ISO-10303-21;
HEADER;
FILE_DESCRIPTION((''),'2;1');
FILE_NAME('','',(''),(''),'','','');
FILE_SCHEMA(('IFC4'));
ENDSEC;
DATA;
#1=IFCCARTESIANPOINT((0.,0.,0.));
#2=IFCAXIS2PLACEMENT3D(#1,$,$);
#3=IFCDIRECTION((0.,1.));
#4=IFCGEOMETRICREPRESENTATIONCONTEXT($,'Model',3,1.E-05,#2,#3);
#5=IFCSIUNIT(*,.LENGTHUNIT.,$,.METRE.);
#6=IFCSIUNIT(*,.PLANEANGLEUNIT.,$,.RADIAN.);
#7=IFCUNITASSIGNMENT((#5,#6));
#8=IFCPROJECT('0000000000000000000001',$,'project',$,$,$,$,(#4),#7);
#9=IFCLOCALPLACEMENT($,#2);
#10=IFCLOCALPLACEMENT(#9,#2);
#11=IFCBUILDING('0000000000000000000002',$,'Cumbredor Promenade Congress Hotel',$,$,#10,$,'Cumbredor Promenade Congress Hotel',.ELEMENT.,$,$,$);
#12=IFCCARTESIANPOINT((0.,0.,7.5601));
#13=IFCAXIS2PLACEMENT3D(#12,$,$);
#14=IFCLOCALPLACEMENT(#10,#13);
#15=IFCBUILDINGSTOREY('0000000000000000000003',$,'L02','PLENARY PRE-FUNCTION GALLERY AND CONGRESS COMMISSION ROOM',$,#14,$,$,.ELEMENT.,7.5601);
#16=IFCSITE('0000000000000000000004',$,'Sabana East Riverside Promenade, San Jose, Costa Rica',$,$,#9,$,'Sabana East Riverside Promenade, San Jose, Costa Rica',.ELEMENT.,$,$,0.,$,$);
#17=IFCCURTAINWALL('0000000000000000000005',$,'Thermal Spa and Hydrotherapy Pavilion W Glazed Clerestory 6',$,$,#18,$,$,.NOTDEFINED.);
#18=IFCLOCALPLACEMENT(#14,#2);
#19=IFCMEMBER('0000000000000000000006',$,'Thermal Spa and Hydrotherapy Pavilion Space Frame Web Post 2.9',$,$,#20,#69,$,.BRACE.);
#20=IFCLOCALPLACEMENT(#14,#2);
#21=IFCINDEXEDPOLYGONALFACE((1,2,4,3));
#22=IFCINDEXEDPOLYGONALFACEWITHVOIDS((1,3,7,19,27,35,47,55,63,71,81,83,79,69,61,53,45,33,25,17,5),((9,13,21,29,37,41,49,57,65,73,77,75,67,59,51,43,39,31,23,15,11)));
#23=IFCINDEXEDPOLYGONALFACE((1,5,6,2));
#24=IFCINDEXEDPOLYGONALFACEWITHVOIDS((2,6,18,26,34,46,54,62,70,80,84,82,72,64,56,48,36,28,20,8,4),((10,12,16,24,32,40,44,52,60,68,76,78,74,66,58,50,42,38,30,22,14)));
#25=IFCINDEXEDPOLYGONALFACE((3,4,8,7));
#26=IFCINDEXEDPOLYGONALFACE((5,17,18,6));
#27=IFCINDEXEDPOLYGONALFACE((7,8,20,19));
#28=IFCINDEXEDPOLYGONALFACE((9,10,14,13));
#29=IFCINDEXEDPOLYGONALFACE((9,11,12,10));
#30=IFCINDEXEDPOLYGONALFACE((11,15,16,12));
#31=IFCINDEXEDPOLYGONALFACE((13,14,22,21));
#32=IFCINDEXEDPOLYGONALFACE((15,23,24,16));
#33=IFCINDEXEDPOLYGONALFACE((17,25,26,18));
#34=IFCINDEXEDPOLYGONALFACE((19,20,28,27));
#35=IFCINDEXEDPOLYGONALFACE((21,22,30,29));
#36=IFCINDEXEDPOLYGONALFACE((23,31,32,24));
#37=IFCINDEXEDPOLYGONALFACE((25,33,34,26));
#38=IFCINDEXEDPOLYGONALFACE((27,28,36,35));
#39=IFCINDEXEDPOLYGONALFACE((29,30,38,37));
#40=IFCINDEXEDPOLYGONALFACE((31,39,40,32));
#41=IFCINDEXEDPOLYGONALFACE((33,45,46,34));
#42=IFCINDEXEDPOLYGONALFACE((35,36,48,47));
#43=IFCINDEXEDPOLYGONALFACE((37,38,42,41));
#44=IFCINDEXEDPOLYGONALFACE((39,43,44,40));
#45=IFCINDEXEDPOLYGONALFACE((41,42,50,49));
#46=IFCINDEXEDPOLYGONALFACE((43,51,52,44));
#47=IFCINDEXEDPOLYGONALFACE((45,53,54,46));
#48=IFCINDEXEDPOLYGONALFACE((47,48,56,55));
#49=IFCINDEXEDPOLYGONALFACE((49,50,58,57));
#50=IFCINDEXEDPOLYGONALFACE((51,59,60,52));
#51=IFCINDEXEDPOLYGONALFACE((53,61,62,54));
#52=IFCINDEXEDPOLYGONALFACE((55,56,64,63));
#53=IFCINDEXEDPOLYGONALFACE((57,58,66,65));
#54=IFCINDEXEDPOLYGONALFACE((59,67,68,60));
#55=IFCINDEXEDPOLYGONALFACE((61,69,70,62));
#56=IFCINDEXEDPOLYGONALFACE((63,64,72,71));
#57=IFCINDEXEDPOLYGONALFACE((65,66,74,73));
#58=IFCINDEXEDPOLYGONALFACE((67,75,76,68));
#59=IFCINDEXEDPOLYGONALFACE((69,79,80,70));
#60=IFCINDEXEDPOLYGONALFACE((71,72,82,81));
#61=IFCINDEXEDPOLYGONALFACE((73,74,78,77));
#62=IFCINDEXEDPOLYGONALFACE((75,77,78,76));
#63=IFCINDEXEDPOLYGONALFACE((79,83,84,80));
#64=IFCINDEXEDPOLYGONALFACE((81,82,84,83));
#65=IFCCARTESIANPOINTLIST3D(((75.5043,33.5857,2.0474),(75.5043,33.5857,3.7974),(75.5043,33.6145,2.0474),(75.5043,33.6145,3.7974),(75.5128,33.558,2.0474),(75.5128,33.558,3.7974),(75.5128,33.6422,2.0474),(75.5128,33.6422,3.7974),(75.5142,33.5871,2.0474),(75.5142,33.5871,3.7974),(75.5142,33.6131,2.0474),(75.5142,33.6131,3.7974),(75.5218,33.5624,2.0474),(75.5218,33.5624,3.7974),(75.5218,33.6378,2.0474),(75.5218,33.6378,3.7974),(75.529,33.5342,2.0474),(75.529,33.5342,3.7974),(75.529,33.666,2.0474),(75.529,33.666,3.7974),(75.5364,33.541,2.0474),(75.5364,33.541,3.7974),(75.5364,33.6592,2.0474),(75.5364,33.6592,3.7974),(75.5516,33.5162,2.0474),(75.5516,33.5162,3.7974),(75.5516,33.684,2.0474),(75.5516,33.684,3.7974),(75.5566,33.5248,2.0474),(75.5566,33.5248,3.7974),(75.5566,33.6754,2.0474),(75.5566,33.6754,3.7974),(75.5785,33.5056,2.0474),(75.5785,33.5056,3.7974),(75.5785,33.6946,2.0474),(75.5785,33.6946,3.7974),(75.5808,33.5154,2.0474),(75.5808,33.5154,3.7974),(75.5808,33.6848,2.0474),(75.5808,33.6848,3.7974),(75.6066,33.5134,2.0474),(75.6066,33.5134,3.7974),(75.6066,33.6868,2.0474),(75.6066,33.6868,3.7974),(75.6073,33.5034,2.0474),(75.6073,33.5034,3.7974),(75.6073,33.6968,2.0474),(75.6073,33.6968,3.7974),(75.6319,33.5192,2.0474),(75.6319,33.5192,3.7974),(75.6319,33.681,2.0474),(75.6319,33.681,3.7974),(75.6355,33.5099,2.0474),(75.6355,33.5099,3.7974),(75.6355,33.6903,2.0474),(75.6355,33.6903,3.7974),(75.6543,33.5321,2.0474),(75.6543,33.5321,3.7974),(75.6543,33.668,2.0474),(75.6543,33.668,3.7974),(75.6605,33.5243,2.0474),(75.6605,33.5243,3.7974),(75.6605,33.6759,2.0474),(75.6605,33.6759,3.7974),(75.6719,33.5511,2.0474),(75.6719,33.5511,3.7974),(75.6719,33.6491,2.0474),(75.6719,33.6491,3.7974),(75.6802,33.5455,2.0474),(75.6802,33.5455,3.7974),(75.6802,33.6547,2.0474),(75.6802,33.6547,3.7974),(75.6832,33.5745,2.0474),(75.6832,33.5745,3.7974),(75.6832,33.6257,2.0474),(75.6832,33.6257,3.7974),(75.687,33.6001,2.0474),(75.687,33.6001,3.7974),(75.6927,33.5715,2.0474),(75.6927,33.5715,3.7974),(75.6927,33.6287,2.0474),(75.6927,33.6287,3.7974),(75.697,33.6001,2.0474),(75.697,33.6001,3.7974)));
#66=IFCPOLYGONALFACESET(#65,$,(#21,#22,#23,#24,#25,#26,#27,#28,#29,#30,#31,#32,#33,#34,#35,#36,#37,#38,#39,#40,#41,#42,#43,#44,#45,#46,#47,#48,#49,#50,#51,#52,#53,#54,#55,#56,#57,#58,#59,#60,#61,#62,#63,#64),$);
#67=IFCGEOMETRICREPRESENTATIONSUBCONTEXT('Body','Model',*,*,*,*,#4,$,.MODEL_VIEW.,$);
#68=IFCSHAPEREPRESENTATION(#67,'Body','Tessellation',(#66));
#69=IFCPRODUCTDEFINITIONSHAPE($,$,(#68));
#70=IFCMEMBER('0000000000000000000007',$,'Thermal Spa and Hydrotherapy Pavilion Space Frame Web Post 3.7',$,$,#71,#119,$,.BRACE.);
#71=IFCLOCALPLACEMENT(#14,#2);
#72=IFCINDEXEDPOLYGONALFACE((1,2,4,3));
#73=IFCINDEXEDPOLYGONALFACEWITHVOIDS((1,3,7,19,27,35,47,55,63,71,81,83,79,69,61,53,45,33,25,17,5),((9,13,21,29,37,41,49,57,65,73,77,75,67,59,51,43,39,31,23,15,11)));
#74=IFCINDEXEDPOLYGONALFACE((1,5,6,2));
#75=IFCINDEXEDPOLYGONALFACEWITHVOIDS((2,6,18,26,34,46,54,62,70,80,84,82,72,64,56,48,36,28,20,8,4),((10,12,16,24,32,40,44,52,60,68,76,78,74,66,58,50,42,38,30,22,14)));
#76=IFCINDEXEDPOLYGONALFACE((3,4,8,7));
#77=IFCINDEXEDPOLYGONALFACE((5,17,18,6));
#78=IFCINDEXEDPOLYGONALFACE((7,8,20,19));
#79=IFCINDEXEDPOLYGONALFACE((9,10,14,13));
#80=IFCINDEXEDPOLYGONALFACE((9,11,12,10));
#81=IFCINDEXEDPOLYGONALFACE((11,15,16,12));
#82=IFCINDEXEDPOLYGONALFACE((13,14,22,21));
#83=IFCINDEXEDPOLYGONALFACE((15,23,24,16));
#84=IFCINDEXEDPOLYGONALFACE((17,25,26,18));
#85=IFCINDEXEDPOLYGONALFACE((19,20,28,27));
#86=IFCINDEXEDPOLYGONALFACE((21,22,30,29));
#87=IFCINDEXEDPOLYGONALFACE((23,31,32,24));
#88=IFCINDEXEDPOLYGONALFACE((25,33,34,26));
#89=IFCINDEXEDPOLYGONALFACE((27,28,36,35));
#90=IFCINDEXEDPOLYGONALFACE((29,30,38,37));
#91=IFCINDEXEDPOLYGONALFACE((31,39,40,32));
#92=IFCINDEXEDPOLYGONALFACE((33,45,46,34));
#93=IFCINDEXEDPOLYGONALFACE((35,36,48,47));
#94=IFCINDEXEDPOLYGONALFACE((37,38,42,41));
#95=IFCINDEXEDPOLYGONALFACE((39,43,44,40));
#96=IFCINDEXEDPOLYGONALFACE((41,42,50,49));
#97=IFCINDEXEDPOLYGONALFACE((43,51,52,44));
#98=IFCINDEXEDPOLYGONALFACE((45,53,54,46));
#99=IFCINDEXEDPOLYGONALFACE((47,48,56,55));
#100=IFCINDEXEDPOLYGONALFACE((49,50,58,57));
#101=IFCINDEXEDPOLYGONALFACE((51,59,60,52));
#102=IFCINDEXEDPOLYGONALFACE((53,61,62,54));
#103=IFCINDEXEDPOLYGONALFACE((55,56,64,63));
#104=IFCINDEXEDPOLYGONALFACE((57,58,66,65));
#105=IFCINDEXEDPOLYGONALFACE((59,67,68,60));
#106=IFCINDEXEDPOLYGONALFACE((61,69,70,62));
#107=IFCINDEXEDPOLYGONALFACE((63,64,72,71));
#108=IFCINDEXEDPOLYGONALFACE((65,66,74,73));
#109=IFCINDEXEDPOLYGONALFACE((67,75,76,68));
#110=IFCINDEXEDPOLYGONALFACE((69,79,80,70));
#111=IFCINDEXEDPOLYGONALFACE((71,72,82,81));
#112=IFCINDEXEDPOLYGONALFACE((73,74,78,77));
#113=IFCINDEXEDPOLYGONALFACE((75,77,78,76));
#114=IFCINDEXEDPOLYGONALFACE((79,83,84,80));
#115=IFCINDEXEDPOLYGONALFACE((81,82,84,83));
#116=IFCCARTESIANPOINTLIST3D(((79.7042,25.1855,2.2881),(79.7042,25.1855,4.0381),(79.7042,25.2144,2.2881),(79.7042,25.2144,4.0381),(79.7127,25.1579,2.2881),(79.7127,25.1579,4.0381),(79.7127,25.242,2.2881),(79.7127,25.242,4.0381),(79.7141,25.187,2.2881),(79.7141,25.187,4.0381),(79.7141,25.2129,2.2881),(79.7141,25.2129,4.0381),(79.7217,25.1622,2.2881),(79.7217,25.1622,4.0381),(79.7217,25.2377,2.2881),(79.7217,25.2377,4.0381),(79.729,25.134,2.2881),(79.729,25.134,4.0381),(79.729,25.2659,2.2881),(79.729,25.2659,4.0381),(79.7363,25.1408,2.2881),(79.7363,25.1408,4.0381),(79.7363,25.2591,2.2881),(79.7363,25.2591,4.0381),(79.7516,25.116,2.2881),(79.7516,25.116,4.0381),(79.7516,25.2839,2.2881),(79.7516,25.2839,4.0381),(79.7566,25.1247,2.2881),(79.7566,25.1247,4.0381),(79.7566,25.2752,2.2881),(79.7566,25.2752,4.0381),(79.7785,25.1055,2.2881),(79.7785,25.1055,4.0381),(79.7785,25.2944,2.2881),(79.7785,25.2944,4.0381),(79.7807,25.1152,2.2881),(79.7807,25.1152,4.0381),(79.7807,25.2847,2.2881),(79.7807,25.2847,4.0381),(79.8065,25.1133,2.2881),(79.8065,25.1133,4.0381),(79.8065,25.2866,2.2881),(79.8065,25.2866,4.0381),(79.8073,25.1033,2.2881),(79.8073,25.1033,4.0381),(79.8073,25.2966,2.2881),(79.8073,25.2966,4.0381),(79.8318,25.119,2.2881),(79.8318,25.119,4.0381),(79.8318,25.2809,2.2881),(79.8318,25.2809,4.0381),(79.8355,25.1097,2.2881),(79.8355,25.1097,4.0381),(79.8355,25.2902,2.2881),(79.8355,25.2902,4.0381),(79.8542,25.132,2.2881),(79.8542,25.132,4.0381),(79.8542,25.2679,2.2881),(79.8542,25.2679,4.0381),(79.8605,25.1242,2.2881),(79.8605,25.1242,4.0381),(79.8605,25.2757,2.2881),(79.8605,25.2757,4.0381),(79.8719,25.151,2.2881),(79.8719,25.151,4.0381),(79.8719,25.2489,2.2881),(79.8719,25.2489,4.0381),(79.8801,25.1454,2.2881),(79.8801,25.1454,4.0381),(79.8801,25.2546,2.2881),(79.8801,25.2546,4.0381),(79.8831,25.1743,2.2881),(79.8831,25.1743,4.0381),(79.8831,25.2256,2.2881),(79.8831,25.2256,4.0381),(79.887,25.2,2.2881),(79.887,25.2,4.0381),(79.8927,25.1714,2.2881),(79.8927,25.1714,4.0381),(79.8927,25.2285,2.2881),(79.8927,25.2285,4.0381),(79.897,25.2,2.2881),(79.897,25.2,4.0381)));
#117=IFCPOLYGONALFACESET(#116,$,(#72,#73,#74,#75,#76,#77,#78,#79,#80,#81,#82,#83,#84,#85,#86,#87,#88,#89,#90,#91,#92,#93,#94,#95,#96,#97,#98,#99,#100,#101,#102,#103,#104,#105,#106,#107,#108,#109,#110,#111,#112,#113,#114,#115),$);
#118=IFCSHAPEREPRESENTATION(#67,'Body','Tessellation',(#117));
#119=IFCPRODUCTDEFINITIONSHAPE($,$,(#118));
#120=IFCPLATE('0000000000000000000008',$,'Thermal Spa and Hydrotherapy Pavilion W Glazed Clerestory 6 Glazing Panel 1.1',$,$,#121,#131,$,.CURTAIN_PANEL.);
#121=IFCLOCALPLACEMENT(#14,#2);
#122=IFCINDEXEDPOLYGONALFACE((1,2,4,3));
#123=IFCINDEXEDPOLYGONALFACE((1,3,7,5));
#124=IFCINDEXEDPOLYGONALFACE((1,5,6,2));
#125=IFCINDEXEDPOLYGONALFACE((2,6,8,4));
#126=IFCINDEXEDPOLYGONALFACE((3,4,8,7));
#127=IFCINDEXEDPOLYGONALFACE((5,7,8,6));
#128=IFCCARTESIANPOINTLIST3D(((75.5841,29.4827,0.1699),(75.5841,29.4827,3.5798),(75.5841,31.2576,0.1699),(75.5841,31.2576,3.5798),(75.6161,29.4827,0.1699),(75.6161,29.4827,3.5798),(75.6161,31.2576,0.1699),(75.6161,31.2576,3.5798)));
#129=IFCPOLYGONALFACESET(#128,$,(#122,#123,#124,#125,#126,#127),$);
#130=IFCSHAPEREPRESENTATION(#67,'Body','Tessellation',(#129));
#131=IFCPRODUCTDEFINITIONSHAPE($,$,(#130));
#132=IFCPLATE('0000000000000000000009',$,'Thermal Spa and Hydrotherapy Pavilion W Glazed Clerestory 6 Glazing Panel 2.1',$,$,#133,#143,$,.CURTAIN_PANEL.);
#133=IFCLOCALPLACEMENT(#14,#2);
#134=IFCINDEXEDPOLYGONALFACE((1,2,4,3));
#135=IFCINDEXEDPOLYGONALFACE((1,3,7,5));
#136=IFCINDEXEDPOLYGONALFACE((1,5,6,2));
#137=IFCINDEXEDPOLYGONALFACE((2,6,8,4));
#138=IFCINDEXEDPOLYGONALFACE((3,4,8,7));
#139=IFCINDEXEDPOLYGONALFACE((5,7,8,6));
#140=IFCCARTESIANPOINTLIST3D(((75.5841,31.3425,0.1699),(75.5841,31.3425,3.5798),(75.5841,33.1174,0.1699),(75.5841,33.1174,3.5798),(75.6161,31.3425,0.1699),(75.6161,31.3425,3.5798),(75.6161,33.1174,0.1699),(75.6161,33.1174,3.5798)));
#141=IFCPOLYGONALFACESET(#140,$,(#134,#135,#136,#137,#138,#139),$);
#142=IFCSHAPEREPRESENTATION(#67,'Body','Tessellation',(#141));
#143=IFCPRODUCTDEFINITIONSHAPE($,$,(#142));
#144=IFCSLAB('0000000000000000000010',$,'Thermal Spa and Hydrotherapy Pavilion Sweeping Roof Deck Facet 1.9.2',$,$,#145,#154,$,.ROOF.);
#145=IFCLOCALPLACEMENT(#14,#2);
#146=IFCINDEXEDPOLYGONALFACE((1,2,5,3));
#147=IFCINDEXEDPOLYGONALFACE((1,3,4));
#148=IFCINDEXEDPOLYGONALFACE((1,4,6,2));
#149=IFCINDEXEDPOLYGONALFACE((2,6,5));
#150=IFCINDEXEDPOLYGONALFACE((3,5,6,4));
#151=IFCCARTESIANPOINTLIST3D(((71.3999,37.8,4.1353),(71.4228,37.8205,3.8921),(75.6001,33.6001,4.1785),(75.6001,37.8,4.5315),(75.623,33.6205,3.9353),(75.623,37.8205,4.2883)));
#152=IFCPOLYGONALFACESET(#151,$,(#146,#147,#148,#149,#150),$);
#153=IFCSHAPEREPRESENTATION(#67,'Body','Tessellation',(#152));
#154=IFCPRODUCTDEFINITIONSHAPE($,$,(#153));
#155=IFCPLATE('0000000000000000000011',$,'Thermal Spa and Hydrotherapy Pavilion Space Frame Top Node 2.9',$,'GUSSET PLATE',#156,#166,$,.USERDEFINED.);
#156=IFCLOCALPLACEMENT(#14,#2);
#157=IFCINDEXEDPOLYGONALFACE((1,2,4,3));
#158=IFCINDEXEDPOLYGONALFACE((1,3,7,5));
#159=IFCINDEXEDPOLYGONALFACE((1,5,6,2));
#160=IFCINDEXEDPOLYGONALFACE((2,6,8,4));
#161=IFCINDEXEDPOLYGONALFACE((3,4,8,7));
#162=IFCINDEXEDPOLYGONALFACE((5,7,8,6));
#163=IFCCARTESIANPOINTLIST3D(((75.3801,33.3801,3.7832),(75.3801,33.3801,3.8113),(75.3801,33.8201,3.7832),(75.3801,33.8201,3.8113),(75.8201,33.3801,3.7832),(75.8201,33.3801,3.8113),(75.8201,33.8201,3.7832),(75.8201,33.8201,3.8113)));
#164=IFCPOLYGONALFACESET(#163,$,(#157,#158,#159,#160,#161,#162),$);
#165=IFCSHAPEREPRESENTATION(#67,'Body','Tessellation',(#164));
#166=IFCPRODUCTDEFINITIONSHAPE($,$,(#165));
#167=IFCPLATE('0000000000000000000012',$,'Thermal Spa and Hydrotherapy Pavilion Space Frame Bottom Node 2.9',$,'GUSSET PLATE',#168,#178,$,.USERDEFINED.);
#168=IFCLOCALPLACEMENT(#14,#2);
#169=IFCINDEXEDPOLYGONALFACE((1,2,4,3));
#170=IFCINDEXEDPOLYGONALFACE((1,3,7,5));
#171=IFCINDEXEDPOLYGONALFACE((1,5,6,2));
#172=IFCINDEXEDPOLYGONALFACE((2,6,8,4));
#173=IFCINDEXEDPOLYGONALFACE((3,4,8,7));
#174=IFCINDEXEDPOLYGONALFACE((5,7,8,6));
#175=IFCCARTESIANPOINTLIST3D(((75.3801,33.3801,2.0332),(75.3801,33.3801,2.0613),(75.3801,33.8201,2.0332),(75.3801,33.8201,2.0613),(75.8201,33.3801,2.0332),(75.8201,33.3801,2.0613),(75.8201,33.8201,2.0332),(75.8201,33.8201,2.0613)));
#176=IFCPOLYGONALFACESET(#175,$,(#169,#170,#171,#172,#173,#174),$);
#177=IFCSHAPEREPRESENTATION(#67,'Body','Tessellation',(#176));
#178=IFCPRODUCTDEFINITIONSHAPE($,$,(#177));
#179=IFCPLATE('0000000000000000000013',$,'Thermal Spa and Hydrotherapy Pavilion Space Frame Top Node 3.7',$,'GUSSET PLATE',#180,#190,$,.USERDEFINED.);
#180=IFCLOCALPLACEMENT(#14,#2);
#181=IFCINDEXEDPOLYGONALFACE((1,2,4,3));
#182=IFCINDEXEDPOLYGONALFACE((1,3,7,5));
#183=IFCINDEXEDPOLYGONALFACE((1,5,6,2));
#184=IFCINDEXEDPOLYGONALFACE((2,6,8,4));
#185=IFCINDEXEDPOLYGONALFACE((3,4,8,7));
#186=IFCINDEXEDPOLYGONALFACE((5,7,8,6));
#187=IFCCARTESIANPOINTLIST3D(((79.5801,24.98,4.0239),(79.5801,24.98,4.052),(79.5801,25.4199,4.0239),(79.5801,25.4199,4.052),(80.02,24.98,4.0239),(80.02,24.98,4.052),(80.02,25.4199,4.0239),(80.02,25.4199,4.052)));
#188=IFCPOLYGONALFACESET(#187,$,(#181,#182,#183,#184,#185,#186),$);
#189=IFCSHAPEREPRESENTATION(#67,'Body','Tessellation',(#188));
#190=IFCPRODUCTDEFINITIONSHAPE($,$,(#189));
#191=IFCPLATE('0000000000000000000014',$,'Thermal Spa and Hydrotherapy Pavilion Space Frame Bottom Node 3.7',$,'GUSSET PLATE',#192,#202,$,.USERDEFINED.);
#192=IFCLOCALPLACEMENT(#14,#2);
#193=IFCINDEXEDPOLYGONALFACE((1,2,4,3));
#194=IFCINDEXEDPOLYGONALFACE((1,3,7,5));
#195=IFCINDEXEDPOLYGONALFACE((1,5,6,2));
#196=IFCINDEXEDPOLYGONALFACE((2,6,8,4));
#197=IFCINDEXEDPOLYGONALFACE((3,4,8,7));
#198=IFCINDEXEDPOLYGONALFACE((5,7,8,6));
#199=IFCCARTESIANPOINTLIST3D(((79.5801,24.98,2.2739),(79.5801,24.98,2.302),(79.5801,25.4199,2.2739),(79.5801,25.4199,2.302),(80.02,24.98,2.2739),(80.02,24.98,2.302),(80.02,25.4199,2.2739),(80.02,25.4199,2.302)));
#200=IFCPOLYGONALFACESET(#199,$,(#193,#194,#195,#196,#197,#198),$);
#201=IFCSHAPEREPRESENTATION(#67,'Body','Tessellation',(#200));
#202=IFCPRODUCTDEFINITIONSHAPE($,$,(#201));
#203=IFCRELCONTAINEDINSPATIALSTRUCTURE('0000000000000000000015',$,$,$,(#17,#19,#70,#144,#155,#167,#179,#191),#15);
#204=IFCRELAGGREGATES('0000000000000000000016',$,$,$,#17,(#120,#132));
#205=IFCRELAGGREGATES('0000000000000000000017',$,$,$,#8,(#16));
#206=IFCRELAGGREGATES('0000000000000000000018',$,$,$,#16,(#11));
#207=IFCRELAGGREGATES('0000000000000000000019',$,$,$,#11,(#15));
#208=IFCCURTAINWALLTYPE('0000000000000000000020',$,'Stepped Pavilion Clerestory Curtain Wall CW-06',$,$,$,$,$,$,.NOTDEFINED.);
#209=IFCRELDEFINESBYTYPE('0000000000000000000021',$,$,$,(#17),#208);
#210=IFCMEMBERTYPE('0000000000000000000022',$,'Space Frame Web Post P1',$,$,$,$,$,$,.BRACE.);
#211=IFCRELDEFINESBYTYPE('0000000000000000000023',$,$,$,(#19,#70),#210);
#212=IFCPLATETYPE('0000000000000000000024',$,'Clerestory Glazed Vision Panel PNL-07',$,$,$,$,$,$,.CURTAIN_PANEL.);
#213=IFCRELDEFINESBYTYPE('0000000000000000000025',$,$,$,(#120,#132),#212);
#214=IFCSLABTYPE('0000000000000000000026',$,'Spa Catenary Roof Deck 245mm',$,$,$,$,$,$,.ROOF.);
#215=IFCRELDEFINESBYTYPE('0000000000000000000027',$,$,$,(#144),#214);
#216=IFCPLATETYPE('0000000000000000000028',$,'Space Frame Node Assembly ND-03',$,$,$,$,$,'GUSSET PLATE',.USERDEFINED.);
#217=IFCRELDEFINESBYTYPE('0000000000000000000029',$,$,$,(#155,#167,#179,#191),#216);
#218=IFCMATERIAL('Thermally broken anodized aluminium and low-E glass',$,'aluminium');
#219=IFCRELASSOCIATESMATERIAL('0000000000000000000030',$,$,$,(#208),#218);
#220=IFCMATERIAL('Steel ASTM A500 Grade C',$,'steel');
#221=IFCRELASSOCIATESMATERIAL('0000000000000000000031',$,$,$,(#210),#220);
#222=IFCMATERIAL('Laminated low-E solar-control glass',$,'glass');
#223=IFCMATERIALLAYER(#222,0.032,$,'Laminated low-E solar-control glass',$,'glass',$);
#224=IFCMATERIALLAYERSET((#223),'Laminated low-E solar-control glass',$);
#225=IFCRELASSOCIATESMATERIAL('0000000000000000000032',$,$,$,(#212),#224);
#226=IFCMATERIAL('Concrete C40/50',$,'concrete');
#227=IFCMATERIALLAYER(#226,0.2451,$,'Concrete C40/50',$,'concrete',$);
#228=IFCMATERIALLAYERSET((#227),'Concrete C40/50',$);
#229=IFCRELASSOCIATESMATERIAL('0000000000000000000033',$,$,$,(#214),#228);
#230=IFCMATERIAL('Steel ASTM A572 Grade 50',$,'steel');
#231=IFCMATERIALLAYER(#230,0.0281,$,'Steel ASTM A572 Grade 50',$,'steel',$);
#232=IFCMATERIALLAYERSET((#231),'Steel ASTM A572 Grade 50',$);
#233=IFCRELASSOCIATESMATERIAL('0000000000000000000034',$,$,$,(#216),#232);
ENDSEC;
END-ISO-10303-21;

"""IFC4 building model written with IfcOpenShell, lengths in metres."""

from ifc_helpers import new_model, si_unit, direction, frame, origin, origin_2d, place, context, subcontext, project, spatial, polyline, rectangle, hollow_circle, outline, extrude, material, layer, layer_set, material_profile, profile_set, type_object, element, aggregate, save


model = new_model("IFC4")

# Units and contexts
model_context = context("Model", 3, precision=1e-05, world=origin(), true_north=direction((0.0, 1.0)))
body_context = subcontext(model_context, "Body", "Model", "MODEL_VIEW")
ifc_project = project(units=[si_unit("LENGTHUNIT", "METRE"), si_unit("PLANEANGLEUNIT", "RADIAN")], contexts=[model_context])

# Site, building, storey
site_placement = place(None, origin())
site = spatial("IfcSite", under=ifc_project, at=site_placement, Name="Sabana East Riverside Promenade, San Jose, Costa Rica", LongName="Sabana East Riverside Promenade, San Jose, Costa Rica", CompositionType="ELEMENT", RefElevation=0.0)
building_placement = place(site_placement, origin())
building = spatial("IfcBuilding", under=site, at=building_placement, Name="Cumbredor Promenade Congress Hotel", LongName="Cumbredor Promenade Congress Hotel", CompositionType="ELEMENT")
storey_placement = place(building_placement, frame((0.0, 0.0, 7.5601)))
storey = spatial("IfcBuildingStorey", under=building, at=storey_placement, Name="L02", Description="PLENARY PRE-FUNCTION GALLERY AND CONGRESS COMMISSION ROOM", CompositionType="ELEMENT", Elevation=7.5601)

# Curtain wall
ifc_material_1 = material(Name="Thermally broken anodized aluminium and low-E glass", Category="aluminium")
curtain_wall_type = type_object("IfcCurtainWallType", Name="Stepped Pavilion Clerestory Curtain Wall CW-06", PredefinedType="NOTDEFINED", material=ifc_material_1)
curtain_wall_placement = place(storey_placement, origin())
curtain_wall = element("IfcCurtainWall", 1, at=curtain_wall_placement, inside=storey, type_object=curtain_wall_type, Name="Thermal Spa and Hydrotherapy Pavilion W Glazed Clerestory 6", PredefinedType="NOTDEFINED")

# Members
ifc_material_2 = material(Name="Steel ASTM A500 Grade C", Category="steel")
ifc_material_profile_1 = material_profile(ifc_material_2, hollow_circle(Radius=0.0969, WallThickness=0.01, at=origin_2d()), Name="CHS 193.7x10")
ifc_profile_set_1 = profile_set([ifc_material_profile_1], Name="Steel ASTM A500 Grade C")
member_type_1 = type_object("IfcMemberType", Name="Space Frame Web Post P1", PredefinedType="BRACE", material=ifc_profile_set_1)
for number, where, z_axis, x_axis, name in (
    (2, (75.6001, 33.6001, 2.0474), (0.0, 0.0, 1.0), (1.0, 0.0, 0.0), "Thermal Spa and Hydrotherapy Pavilion Space Frame Web Post 2.9"),
    (3, (79.8, 25.2, 2.2881), (0.0, 0.0, 1.0), (1.0, 0.0, 0.0), "Thermal Spa and Hydrotherapy Pavilion Space Frame Web Post 3.7"),
):
    element("IfcMember", number, at=place(storey_placement, frame(where, z_axis=z_axis, x_axis=x_axis)), inside=storey, type_object=member_type_1, Name=name, PredefinedType="BRACE", context=body_context, shape_type="SweptSolid", body=[
        extrude(hollow_circle(Radius=0.0969, WallThickness=0.01, at=origin_2d()), origin(), (0.0, 0.0, 1.0), 1.75),
    ])

# Plates
ifc_material_3 = material(Name="Laminated low-E solar-control glass", Category="glass")
ifc_layer_1 = layer(ifc_material_3, 0.032, Name="Laminated low-E solar-control glass", Category="glass")
ifc_layer_set_1 = layer_set([ifc_layer_1], Name="Laminated low-E solar-control glass")
plate_type_1 = type_object("IfcPlateType", Name="Clerestory Glazed Vision Panel PNL-07", PredefinedType="CURTAIN_PANEL", material=ifc_layer_set_1)
plate_1_placement = place(storey_placement, frame((75.6001, 30.3701, 0.1699), z_axis=(0.0, 0.0, 1.0), x_axis=(0.0, 1.0, 0.0)))
plate_1 = element("IfcPlate", 4, at=plate_1_placement, type_object=plate_type_1, Name="Thermal Spa and Hydrotherapy Pavilion W Glazed Clerestory 6 Glazing Panel 1.1", PredefinedType="CURTAIN_PANEL", context=body_context, shape_type="SweptSolid", body=[
    extrude(rectangle(XDim=1.7749, YDim=0.032, at=origin_2d()), origin(), (0.0, 0.0, 1.0), 3.4099),
])
plate_2_placement = place(storey_placement, frame((75.6001, 32.23, 0.1699), z_axis=(0.0, 0.0, 1.0), x_axis=(0.0, 1.0, 0.0)))
plate_2 = element("IfcPlate", 5, at=plate_2_placement, type_object=plate_type_1, Name="Thermal Spa and Hydrotherapy Pavilion W Glazed Clerestory 6 Glazing Panel 2.1", PredefinedType="CURTAIN_PANEL", context=body_context, shape_type="SweptSolid", body=[
    extrude(rectangle(XDim=1.7749, YDim=0.032, at=origin_2d()), origin(), (0.0, 0.0, 1.0), 3.4099),
])
aggregate(curtain_wall, [plate_1, plate_2])

# Slab
ifc_material_4 = material(Name="Concrete C40/50", Category="concrete")
ifc_layer_2 = layer(ifc_material_4, 0.2451, Name="Concrete C40/50", Category="concrete")
ifc_layer_set_2 = layer_set([ifc_layer_2], Name="Concrete C40/50")
slab_type = type_object("IfcSlabType", Name="Spa Catenary Roof Deck 245mm", PredefinedType="ROOF", material=ifc_layer_set_2)
slab_placement = place(storey_placement, frame((75.6001, 33.6001, 4.1785), z_axis=(-0.093594, -0.083392, 0.992112), x_axis=(0.0, 0.996486, 0.08376)))
element("IfcSlab", 6, at=slab_placement, inside=storey, type_object=slab_type, Name="Thermal Spa and Hydrotherapy Pavilion Sweeping Roof Deck Facet 1.9.2", PredefinedType="ROOF", context=body_context, shape_type="SweptSolid", body=[
    extrude(outline(polyline([(0.0, 0.0), (4.2148, 0.0), (4.1816, 4.2187), (0.0, 0.0)])), origin(), (0.0, 0.0, -1.0), 0.2451),
])

# Plates
ifc_material_5 = material(Name="Steel ASTM A572 Grade 50", Category="steel")
ifc_layer_3 = layer(ifc_material_5, 0.0281, Name="Steel ASTM A572 Grade 50", Category="steel")
ifc_layer_set_3 = layer_set([ifc_layer_3], Name="Steel ASTM A572 Grade 50")
plate_type_2 = type_object("IfcPlateType", Name="Space Frame Node Assembly ND-03", ElementType="GUSSET PLATE", PredefinedType="USERDEFINED", material=ifc_layer_set_3)
for number, where, z_axis, x_axis, name in (
    (7, (75.6001, 33.6001, 3.7832), (0.0, 0.0, 1.0), (1.0, 0.0, 0.0), "Thermal Spa and Hydrotherapy Pavilion Space Frame Top Node 2.9"),
    (8, (75.6001, 33.6001, 2.0332), (0.0, 0.0, 1.0), (1.0, 0.0, 0.0), "Thermal Spa and Hydrotherapy Pavilion Space Frame Bottom Node 2.9"),
    (9, (79.8, 25.2, 4.0239), (0.0, 0.0, 1.0), (1.0, 0.0, 0.0), "Thermal Spa and Hydrotherapy Pavilion Space Frame Top Node 3.7"),
    (10, (79.8, 25.2, 2.2739), (0.0, 0.0, 1.0), (1.0, 0.0, 0.0), "Thermal Spa and Hydrotherapy Pavilion Space Frame Bottom Node 3.7"),
):
    element("IfcPlate", number, at=place(storey_placement, frame(where, z_axis=z_axis, x_axis=x_axis)), inside=storey, type_object=plate_type_2, Name=name, ObjectType="GUSSET PLATE", PredefinedType="USERDEFINED", context=body_context, shape_type="SweptSolid", body=[
        extrude(rectangle(XDim=0.4399, YDim=0.4399, at=origin_2d()), origin(), (0.0, 0.0, 1.0), 0.0281),
    ])

save(model, "model.ifc")
